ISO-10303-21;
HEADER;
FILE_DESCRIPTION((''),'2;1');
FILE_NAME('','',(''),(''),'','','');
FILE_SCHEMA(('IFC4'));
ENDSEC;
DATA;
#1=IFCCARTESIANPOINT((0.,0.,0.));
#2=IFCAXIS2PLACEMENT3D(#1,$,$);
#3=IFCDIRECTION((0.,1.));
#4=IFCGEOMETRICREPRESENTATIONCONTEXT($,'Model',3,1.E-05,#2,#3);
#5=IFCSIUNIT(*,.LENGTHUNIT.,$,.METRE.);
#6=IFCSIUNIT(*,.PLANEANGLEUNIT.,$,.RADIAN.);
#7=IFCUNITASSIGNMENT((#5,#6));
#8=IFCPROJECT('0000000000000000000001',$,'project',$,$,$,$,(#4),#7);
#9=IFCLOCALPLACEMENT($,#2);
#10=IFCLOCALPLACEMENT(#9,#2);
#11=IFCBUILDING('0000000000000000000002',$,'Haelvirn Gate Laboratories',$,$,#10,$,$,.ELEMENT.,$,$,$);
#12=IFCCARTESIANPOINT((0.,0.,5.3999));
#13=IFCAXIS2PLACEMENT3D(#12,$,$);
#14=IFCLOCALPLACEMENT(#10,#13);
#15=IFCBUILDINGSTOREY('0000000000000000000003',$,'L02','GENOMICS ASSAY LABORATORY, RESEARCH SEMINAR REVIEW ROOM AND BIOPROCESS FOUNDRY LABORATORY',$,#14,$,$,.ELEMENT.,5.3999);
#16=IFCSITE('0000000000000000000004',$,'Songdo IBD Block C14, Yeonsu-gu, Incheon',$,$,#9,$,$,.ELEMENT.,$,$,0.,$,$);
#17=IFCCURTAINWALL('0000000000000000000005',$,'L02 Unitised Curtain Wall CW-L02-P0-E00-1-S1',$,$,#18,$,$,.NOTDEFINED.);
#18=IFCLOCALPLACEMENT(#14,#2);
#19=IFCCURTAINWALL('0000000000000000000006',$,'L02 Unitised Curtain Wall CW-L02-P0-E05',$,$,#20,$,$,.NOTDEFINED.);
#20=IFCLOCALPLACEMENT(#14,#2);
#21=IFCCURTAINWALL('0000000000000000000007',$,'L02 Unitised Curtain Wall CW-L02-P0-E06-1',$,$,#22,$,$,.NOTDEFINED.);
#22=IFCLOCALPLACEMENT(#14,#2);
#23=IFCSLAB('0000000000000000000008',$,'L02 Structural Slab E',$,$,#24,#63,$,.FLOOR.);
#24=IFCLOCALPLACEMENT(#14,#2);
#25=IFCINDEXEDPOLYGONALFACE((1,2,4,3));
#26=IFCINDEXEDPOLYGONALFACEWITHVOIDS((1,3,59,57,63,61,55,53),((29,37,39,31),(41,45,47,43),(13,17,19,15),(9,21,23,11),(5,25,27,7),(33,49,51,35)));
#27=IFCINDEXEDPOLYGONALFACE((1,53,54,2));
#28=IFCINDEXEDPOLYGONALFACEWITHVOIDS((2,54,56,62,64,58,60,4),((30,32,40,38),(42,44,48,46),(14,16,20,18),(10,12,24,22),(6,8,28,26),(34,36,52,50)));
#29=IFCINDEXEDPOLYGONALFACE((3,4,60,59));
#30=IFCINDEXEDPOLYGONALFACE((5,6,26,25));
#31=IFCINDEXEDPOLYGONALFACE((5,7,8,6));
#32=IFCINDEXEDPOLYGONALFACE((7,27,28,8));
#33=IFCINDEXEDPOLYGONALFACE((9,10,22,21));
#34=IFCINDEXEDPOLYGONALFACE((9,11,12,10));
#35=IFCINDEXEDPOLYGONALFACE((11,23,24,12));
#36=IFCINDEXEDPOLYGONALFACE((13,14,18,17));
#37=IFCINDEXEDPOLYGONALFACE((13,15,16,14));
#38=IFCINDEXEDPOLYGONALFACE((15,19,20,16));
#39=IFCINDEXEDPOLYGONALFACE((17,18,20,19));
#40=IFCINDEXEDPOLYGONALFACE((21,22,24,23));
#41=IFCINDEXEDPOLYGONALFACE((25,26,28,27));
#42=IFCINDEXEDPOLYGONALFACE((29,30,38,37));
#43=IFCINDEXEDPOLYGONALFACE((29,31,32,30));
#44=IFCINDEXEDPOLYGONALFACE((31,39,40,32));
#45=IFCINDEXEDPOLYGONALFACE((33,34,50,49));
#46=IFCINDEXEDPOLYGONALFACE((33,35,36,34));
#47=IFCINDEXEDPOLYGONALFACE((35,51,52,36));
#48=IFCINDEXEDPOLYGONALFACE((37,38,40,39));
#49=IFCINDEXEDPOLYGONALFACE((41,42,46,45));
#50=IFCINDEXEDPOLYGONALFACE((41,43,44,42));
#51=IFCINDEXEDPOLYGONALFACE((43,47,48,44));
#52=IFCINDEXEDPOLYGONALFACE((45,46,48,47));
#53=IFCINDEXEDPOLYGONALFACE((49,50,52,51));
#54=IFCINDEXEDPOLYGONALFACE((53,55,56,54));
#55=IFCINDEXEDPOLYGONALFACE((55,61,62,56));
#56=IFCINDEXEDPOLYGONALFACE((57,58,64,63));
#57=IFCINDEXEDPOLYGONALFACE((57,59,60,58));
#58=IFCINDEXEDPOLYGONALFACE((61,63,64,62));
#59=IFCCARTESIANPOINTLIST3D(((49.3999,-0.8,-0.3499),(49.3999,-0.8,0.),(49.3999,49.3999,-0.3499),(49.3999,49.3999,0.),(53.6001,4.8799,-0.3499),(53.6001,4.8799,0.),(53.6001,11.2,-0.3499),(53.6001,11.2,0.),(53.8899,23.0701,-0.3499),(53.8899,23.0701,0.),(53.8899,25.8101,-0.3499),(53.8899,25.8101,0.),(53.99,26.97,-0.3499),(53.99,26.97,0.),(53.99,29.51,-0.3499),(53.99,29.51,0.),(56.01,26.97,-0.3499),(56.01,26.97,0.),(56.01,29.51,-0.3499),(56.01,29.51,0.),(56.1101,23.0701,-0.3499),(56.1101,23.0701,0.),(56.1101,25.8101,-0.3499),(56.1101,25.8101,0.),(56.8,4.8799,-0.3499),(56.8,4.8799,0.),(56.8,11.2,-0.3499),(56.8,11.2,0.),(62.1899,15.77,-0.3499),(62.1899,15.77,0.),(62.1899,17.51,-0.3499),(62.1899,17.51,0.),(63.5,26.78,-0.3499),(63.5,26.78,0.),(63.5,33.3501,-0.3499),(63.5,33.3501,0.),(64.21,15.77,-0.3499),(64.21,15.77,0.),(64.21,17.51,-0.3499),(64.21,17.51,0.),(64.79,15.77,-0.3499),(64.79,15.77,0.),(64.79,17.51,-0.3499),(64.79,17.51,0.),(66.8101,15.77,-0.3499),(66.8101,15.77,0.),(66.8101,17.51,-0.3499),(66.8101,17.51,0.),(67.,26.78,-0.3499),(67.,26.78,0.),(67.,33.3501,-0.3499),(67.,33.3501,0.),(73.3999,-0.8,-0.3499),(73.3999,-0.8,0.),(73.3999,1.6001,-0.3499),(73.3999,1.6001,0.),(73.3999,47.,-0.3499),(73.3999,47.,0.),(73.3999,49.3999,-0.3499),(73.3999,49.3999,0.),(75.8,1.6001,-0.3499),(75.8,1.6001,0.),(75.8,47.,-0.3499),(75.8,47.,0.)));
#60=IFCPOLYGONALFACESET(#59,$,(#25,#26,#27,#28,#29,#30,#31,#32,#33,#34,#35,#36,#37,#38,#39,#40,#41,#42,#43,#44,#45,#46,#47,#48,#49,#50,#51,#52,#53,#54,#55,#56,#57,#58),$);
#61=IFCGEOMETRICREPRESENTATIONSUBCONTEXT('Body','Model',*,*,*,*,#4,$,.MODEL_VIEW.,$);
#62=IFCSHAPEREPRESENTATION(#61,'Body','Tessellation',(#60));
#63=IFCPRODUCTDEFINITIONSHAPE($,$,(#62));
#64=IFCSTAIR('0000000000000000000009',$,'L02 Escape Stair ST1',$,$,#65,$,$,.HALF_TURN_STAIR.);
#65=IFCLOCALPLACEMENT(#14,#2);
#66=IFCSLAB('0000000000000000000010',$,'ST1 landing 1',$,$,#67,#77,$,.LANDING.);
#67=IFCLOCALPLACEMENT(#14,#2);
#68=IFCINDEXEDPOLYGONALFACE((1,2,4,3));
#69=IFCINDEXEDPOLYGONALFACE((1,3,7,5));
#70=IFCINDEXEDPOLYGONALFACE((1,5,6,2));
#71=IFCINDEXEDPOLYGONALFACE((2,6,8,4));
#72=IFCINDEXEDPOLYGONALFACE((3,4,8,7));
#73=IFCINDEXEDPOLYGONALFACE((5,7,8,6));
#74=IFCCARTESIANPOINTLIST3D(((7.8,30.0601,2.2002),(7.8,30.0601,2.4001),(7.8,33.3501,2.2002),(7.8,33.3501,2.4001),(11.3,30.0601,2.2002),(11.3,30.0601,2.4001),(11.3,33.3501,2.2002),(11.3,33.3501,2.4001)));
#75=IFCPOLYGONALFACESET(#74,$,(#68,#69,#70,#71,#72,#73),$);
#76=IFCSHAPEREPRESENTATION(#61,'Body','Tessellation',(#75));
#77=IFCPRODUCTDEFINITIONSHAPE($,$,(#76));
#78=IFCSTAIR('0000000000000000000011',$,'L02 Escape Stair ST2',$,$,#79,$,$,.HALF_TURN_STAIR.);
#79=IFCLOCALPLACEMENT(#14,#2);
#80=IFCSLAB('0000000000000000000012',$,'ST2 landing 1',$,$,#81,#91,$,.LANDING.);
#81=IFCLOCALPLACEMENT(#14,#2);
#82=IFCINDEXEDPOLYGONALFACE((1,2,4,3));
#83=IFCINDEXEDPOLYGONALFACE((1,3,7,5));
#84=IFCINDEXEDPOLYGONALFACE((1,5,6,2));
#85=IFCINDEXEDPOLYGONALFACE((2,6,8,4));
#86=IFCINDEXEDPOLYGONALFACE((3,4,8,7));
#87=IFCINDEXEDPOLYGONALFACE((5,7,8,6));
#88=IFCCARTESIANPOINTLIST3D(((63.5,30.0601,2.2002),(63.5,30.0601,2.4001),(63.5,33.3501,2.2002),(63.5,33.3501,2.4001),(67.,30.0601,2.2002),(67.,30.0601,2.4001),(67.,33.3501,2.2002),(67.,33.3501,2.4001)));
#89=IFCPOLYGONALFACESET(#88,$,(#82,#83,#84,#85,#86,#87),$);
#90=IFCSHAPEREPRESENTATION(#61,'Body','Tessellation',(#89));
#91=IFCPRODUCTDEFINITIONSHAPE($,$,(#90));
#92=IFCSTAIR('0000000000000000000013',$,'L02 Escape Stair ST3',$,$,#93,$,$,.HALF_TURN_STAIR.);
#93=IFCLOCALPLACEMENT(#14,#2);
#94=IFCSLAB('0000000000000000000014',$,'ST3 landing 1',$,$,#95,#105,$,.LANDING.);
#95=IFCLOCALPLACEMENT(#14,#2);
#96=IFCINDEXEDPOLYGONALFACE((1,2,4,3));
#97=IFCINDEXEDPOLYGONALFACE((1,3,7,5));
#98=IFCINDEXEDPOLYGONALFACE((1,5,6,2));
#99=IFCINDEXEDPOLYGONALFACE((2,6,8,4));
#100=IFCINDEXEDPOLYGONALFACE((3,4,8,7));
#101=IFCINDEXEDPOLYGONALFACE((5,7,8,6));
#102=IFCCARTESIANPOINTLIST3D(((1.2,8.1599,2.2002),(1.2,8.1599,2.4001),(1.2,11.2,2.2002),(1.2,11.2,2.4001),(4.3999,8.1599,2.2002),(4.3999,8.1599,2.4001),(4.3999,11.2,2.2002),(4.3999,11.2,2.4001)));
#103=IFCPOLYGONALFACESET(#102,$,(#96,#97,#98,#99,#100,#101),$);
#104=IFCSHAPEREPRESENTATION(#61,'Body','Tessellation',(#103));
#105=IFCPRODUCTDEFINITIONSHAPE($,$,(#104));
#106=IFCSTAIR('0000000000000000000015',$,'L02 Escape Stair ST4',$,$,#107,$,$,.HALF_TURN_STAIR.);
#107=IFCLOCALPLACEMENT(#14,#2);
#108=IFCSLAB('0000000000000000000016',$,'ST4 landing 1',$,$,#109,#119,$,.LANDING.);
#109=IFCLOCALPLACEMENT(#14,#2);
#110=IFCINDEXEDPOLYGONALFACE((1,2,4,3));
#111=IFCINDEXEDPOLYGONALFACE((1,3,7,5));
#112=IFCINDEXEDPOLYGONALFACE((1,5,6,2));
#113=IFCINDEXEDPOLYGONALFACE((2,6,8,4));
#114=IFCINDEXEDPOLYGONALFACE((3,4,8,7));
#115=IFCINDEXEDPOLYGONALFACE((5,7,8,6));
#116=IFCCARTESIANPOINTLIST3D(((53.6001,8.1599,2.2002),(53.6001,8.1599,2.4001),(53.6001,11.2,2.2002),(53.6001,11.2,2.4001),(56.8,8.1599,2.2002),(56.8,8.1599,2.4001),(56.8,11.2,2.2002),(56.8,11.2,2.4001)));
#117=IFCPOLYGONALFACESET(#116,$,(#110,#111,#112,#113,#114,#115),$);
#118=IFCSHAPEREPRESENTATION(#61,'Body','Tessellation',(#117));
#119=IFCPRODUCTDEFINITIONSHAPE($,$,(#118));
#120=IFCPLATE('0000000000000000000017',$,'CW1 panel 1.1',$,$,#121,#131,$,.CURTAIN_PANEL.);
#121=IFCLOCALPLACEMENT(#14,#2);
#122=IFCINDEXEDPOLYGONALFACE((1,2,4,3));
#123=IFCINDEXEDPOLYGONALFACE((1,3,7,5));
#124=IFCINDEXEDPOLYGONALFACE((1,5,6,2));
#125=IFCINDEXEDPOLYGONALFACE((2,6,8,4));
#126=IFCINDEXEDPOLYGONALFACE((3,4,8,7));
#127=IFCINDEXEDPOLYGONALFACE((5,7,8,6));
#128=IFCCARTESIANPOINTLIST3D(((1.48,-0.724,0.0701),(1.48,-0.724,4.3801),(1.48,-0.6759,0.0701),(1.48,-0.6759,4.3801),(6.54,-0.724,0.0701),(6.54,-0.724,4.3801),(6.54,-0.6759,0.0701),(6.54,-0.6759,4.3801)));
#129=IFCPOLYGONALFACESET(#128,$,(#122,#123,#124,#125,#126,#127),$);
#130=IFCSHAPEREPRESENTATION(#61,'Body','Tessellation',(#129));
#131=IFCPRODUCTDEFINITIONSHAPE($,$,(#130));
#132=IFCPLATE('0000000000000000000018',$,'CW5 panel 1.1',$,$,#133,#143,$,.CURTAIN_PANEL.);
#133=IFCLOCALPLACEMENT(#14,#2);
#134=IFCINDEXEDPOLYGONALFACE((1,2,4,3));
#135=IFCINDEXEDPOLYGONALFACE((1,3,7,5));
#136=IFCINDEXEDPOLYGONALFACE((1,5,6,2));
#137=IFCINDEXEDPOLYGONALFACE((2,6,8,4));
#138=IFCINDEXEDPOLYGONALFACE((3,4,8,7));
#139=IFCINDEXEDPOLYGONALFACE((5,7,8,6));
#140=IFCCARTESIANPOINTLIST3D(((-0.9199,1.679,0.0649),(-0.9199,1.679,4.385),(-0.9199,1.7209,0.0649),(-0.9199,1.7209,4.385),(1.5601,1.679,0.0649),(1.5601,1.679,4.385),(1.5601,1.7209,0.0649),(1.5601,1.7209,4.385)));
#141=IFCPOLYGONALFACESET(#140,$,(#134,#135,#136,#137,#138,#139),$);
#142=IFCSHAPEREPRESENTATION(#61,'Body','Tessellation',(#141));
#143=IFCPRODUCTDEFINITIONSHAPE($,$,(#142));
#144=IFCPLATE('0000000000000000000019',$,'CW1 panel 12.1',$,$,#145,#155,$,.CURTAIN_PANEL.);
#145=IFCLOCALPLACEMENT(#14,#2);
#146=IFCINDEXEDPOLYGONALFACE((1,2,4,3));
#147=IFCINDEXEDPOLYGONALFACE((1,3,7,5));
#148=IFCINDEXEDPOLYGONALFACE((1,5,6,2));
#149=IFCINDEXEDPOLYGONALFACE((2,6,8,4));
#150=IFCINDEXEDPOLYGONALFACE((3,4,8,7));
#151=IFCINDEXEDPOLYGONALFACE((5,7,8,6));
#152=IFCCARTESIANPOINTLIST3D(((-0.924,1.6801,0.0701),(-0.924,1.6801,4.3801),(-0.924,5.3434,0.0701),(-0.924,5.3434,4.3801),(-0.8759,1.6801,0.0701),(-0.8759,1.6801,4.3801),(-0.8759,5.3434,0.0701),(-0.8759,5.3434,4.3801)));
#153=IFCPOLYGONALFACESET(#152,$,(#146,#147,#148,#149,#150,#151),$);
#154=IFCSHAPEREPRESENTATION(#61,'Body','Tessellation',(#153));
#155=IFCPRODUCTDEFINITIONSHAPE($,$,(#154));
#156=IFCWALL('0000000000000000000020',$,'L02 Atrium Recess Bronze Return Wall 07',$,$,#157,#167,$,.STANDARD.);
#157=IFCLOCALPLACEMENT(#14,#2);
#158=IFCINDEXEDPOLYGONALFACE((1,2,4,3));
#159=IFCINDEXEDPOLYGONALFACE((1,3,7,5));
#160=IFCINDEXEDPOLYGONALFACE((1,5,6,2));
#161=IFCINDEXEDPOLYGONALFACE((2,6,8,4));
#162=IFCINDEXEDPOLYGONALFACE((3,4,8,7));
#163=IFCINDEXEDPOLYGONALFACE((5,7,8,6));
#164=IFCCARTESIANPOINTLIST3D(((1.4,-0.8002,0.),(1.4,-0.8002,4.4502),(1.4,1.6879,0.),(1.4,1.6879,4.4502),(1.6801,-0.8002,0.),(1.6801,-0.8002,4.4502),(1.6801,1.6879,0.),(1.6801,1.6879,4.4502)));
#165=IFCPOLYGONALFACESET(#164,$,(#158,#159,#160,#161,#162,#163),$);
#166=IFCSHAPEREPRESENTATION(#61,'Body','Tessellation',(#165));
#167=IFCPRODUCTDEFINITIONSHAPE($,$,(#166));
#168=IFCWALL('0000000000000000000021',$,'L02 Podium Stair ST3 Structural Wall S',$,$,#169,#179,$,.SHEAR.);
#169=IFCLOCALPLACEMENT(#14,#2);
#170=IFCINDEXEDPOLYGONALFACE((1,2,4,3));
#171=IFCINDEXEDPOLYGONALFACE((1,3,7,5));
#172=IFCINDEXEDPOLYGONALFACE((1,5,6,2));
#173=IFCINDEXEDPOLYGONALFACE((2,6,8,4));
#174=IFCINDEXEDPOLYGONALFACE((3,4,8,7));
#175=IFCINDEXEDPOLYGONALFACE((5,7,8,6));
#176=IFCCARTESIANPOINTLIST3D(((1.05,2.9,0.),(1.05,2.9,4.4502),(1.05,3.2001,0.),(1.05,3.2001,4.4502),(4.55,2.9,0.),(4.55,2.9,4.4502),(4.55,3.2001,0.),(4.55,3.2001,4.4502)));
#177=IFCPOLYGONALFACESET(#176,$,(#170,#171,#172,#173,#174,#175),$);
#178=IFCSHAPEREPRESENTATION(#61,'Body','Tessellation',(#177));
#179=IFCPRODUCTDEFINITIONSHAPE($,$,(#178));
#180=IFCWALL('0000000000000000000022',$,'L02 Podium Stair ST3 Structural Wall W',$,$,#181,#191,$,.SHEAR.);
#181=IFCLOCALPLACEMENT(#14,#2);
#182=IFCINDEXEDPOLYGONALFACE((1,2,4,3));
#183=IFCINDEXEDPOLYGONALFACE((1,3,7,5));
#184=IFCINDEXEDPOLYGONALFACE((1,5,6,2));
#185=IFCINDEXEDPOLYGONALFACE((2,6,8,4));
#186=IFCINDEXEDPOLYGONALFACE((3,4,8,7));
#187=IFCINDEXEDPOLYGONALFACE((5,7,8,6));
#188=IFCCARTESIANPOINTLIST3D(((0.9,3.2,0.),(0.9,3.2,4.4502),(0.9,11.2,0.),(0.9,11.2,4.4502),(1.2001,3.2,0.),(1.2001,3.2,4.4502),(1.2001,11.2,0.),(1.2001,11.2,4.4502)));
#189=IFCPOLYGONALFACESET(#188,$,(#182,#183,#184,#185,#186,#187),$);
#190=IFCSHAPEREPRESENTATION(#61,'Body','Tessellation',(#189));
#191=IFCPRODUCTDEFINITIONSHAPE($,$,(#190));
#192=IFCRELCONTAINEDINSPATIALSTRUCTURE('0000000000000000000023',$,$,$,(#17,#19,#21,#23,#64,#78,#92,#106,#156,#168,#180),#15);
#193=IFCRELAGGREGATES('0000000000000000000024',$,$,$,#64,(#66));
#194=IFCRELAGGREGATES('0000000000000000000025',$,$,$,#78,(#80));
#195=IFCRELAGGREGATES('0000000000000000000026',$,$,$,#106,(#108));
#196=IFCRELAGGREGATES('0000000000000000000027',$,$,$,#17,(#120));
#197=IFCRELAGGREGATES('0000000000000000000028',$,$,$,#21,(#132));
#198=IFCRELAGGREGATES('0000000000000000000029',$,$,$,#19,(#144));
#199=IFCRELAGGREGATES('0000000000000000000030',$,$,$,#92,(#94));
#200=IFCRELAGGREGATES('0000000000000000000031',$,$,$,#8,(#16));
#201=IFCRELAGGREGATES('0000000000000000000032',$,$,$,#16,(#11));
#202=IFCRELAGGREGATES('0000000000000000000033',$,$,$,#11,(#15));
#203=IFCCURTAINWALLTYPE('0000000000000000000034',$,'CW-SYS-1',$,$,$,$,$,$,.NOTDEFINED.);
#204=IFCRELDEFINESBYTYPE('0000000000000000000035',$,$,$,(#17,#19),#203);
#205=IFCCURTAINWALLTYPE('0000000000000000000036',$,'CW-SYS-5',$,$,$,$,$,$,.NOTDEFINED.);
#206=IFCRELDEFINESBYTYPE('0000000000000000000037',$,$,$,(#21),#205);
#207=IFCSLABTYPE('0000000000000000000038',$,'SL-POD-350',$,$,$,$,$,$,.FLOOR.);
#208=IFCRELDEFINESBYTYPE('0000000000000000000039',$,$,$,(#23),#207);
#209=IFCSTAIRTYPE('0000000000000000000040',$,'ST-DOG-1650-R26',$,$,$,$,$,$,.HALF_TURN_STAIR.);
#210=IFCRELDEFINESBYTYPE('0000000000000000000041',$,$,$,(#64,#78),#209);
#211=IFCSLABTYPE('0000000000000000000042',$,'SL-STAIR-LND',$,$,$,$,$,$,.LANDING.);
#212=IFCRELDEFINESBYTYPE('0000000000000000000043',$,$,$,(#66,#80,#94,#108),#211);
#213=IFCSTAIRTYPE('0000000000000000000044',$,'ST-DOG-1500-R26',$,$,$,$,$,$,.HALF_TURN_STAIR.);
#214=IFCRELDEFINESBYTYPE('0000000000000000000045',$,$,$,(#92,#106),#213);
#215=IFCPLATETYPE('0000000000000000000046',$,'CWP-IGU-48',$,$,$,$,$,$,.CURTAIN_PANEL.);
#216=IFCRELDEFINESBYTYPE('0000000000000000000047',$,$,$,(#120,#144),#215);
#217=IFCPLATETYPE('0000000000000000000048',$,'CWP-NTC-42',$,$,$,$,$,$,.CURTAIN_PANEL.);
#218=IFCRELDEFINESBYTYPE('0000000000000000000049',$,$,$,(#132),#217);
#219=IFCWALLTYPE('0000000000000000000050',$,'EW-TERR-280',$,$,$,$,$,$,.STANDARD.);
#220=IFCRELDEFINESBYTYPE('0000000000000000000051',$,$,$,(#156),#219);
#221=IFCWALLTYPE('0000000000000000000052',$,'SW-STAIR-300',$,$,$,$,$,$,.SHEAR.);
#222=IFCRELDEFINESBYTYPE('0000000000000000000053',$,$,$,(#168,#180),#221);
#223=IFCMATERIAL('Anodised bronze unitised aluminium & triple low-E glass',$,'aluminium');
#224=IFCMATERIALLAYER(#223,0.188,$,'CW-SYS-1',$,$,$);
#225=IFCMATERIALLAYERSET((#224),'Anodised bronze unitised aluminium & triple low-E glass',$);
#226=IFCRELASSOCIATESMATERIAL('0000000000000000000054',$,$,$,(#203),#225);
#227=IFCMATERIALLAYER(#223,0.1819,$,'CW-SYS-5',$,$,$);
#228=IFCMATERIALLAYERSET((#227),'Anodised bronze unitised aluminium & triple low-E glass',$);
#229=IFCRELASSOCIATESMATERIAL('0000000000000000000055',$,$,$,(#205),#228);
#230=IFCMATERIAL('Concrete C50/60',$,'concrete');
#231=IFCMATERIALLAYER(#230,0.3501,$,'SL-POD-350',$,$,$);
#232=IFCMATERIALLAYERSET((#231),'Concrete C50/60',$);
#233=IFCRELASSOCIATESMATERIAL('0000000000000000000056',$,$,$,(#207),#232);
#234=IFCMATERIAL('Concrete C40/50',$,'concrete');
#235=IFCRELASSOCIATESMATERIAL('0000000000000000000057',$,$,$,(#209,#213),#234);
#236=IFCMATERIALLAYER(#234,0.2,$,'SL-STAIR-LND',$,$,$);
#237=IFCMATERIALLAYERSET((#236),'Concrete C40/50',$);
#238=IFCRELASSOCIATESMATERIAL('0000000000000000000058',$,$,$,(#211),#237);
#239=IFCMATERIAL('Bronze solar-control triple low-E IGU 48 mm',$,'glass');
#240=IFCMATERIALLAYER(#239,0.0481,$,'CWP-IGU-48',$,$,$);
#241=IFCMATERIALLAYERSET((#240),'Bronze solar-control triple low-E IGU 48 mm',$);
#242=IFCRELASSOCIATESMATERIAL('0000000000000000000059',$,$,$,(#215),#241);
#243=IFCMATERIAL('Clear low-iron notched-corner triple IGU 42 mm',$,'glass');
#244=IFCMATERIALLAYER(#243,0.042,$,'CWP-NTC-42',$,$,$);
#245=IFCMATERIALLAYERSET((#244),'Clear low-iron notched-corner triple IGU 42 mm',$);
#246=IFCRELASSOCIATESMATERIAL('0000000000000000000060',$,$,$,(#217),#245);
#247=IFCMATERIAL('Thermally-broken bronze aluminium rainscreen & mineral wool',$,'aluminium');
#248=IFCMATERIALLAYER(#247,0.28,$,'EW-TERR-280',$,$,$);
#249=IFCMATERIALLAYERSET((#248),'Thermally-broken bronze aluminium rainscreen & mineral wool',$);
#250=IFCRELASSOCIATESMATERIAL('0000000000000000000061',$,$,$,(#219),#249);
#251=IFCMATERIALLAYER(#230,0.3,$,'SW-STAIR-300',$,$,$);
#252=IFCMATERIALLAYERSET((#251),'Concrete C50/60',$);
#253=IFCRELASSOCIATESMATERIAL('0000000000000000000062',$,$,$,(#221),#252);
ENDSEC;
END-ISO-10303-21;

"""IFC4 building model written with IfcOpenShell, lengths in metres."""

from ifc_helpers import new_model, si_unit, direction, frame, frame_2d, origin, origin_2d, place, context, subcontext, project, spatial, polyline, rectangle, outline, extrude, source, transform, mapped, material, layer, layer_set, type_object, type_shapes, element, aggregate, save


model = new_model("IFC4")

# Units and contexts
model_context = context("Model", 3, precision=1e-05, world=origin(), true_north=direction((0.0, 1.0)))
body_context = subcontext(model_context, "Body", "Model", "MODEL_VIEW")
ifc_project = project(units=[si_unit("LENGTHUNIT", "METRE"), si_unit("PLANEANGLEUNIT", "RADIAN")], contexts=[model_context])

# Site, building, storey
site_placement = place(None, origin())
site = spatial("IfcSite", under=ifc_project, at=site_placement, Name="Songdo IBD Block C14, Yeonsu-gu, Incheon", CompositionType="ELEMENT", RefElevation=0.0)
building_placement = place(site_placement, origin())
building = spatial("IfcBuilding", under=site, at=building_placement, Name="Haelvirn Gate Laboratories", CompositionType="ELEMENT")
storey_placement = place(building_placement, frame((0.0, 0.0, 5.3999)))
storey = spatial("IfcBuildingStorey", under=building, at=storey_placement, Name="L02", Description="GENOMICS ASSAY LABORATORY, RESEARCH SEMINAR REVIEW ROOM AND BIOPROCESS FOUNDRY LABORATORY", CompositionType="ELEMENT", Elevation=5.3999)

# Curtain walls
ifc_material_1 = material(Name="Anodised bronze unitised aluminium & triple low-E glass", Category="aluminium")
ifc_layer_1 = layer(ifc_material_1, 0.188, Name="CW-SYS-1")
ifc_layer_set_1 = layer_set([ifc_layer_1], Name="Anodised bronze unitised aluminium & triple low-E glass")
curtain_wall_type_1 = type_object("IfcCurtainWallType", Name="CW-SYS-1", PredefinedType="NOTDEFINED", material=ifc_layer_set_1)
curtain_wall_1_placement = place(storey_placement, origin())
curtain_wall_1 = element("IfcCurtainWall", 1, at=curtain_wall_1_placement, inside=storey, type_object=curtain_wall_type_1, Name="L02 Unitised Curtain Wall CW-L02-P0-E00-1-S1", PredefinedType="NOTDEFINED")
curtain_wall_2_placement = place(storey_placement, origin())
curtain_wall_2 = element("IfcCurtainWall", 2, at=curtain_wall_2_placement, inside=storey, type_object=curtain_wall_type_1, Name="L02 Unitised Curtain Wall CW-L02-P0-E05", PredefinedType="NOTDEFINED")
ifc_layer_2 = layer(ifc_material_1, 0.1819, Name="CW-SYS-5")
ifc_layer_set_2 = layer_set([ifc_layer_2], Name="Anodised bronze unitised aluminium & triple low-E glass")
curtain_wall_type_2 = type_object("IfcCurtainWallType", Name="CW-SYS-5", PredefinedType="NOTDEFINED", material=ifc_layer_set_2)
curtain_wall_3_placement = place(storey_placement, origin())
curtain_wall_3 = element("IfcCurtainWall", 3, at=curtain_wall_3_placement, inside=storey, type_object=curtain_wall_type_2, Name="L02 Unitised Curtain Wall CW-L02-P0-E06-1", PredefinedType="NOTDEFINED")

# Slab
ifc_material_2 = material(Name="Concrete C50/60", Category="concrete")
ifc_layer_3 = layer(ifc_material_2, 0.3501, Name="SL-POD-350")
ifc_layer_set_3 = layer_set([ifc_layer_3], Name="Concrete C50/60")
slab_type_1 = type_object("IfcSlabType", Name="SL-POD-350", PredefinedType="FLOOR", material=ifc_layer_set_3)
slab_1_placement = place(storey_placement, frame((0.0, 0.0, -0.3499)))
element("IfcSlab", 4, at=slab_1_placement, inside=storey, type_object=slab_type_1, Name="L02 Structural Slab E", PredefinedType="FLOOR", context=body_context, shape_type="SweptSolid", body=[
    extrude(outline(polyline([(49.3999, -0.8), (73.3999, -0.8), (73.3999, 1.6001), (75.8, 1.6001), (75.8, 47.0), (73.3999, 47.0), (73.3999, 49.3999), (49.3999, 49.3999), (49.3999, -0.8)]), holes=[polyline([(67.0, 26.78), (67.0, 33.3501), (63.5, 33.3501), (63.5, 26.78), (67.0, 26.78)]), polyline([(56.8, 4.8799), (56.8, 11.2), (53.6001, 11.2), (53.6001, 4.8799), (56.8, 4.8799)]), polyline([(64.79, 15.77), (66.8101, 15.77), (66.8101, 17.51), (64.79, 17.51), (64.79, 15.77)]), polyline([(62.1899, 15.77), (64.21, 15.77), (64.21, 17.51), (62.1899, 17.51), (62.1899, 15.77)]), polyline([(53.99, 26.97), (56.01, 26.97), (56.01, 29.51), (53.99, 29.51), (53.99, 26.97)]), polyline([(53.8899, 23.0701), (56.1101, 23.0701), (56.1101, 25.8101), (53.8899, 25.8101), (53.8899, 23.0701)])]), origin(), (0.0, 0.0, 1.0), 0.3499),
])

# Stairs, slabs
ifc_material_3 = material(Name="Concrete C40/50", Category="concrete")
stair_type_1 = type_object("IfcStairType", Name="ST-DOG-1650-R26", PredefinedType="HALF_TURN_STAIR", material=ifc_material_3)
stair_1_placement = place(storey_placement, origin())
stair_1 = element("IfcStair", 5, at=stair_1_placement, inside=storey, type_object=stair_type_1, Name="L02 Escape Stair ST1", PredefinedType="HALF_TURN_STAIR")
ifc_layer_4 = layer(ifc_material_3, 0.2, Name="SL-STAIR-LND")
ifc_layer_set_4 = layer_set([ifc_layer_4], Name="Concrete C40/50")
slab_type_2 = type_object("IfcSlabType", Name="SL-STAIR-LND", PredefinedType="LANDING", material=ifc_layer_set_4)
slab_2_placement = place(storey_placement, frame((0.0, 0.0, 2.2002)))
slab_2 = element("IfcSlab", 6, at=slab_2_placement, type_object=slab_type_2, Name="ST1 landing 1", PredefinedType="LANDING", context=body_context, shape_type="SweptSolid", body=[
    extrude(outline(polyline([(11.3, 30.0601), (11.3, 33.3501), (7.8, 33.3501), (7.8, 30.0601), (11.3, 30.0601)])), origin(), (0.0, 0.0, 1.0), 0.2),
])
aggregate(stair_1, [slab_2])
stair_2_placement = place(storey_placement, origin())
stair_2 = element("IfcStair", 7, at=stair_2_placement, inside=storey, type_object=stair_type_1, Name="L02 Escape Stair ST2", PredefinedType="HALF_TURN_STAIR")
slab_3_placement = place(storey_placement, frame((0.0, 0.0, 2.2002)))
slab_3 = element("IfcSlab", 8, at=slab_3_placement, type_object=slab_type_2, Name="ST2 landing 1", PredefinedType="LANDING", context=body_context, shape_type="SweptSolid", body=[
    extrude(outline(polyline([(67.0, 30.0601), (67.0, 33.3501), (63.5, 33.3501), (63.5, 30.0601), (67.0, 30.0601)])), origin(), (0.0, 0.0, 1.0), 0.2),
])
aggregate(stair_2, [slab_3])
stair_type_2 = type_object("IfcStairType", Name="ST-DOG-1500-R26", PredefinedType="HALF_TURN_STAIR", material=ifc_material_3)
stair_3_placement = place(storey_placement, origin())
stair_3 = element("IfcStair", 9, at=stair_3_placement, inside=storey, type_object=stair_type_2, Name="L02 Escape Stair ST3", PredefinedType="HALF_TURN_STAIR")
slab_4_placement = place(storey_placement, frame((0.0, 0.0, 2.2002)))
slab_4 = element("IfcSlab", 10, at=slab_4_placement, type_object=slab_type_2, Name="ST3 landing 1", PredefinedType="LANDING", context=body_context, shape_type="SweptSolid", body=[
    extrude(outline(polyline([(4.3999, 8.1599), (4.3999, 11.2), (1.2, 11.2), (1.2, 8.1599), (4.3999, 8.1599)])), origin(), (0.0, 0.0, 1.0), 0.2),
])
stair_4_placement = place(storey_placement, origin())
stair_4 = element("IfcStair", 11, at=stair_4_placement, inside=storey, type_object=stair_type_2, Name="L02 Escape Stair ST4", PredefinedType="HALF_TURN_STAIR")
slab_5_placement = place(storey_placement, frame((0.0, 0.0, 2.2002)))
slab_5 = element("IfcSlab", 12, at=slab_5_placement, type_object=slab_type_2, Name="ST4 landing 1", PredefinedType="LANDING", context=body_context, shape_type="SweptSolid", body=[
    extrude(outline(polyline([(56.8, 8.1599), (56.8, 11.2), (53.6001, 11.2), (53.6001, 8.1599), (56.8, 8.1599)])), origin(), (0.0, 0.0, 1.0), 0.2),
])
aggregate(stair_4, [slab_5])

# Plates
ifc_material_4 = material(Name="Bronze solar-control triple low-E IGU 48 mm", Category="glass")
ifc_layer_5 = layer(ifc_material_4, 0.0481, Name="CWP-IGU-48")
ifc_layer_set_5 = layer_set([ifc_layer_5], Name="Bronze solar-control triple low-E IGU 48 mm")
plate_type_1 = type_object("IfcPlateType", Name="CWP-IGU-48", PredefinedType="CURTAIN_PANEL", material=ifc_layer_set_5)
shared_shape_1 = source(origin(), body_context, "Body", "SweptSolid", [
    extrude(rectangle(XDim=5.0601, YDim=0.0481, at=origin_2d()), origin(), (0.0, 0.0, 1.0), 4.3101),
])
plate_1_placement = place(storey_placement, frame((4.01, -0.7, 0.0701), z_axis=(0.0, 0.0, 1.0), x_axis=(1.0, 0.0, 0.0)))
plate_1 = element("IfcPlate", 13, at=plate_1_placement, type_object=plate_type_1, Name="CW1 panel 1.1", PredefinedType="CURTAIN_PANEL", context=body_context, shape_type="MappedRepresentation", body=[
    mapped(shared_shape_1, transform((0.0, 0.0, 0.0), scale=1.0)),
])
aggregate(curtain_wall_1, [plate_1])
ifc_material_5 = material(Name="Clear low-iron notched-corner triple IGU 42 mm", Category="glass")
ifc_layer_6 = layer(ifc_material_5, 0.042, Name="CWP-NTC-42")
ifc_layer_set_6 = layer_set([ifc_layer_6], Name="Clear low-iron notched-corner triple IGU 42 mm")
plate_type_2 = type_object("IfcPlateType", Name="CWP-NTC-42", PredefinedType="CURTAIN_PANEL", material=ifc_layer_set_6)
shared_shape_2 = source(origin(), body_context, "Body", "SweptSolid", [
    extrude(rectangle(XDim=2.48, YDim=0.042, at=origin_2d()), origin(), (0.0, 0.0, 1.0), 4.3201),
])
type_shapes(plate_type_2, [shared_shape_2])
plate_2_placement = place(storey_placement, frame((0.3201, 1.7, 0.0649), z_axis=(0.0, 0.0, 1.0), x_axis=(1.0, 0.0, 0.0)))
plate_2 = element("IfcPlate", 14, at=plate_2_placement, type_object=plate_type_2, Name="CW5 panel 1.1", PredefinedType="CURTAIN_PANEL", context=body_context, shape_type="MappedRepresentation", body=[
    mapped(shared_shape_2, transform((0.0, 0.0, 0.0), scale=1.0)),
])
aggregate(curtain_wall_3, [plate_2])
shared_shape_3 = source(origin(), body_context, "Body", "SweptSolid", [
    extrude(rectangle(XDim=3.6633, YDim=0.0481, at=origin_2d()), origin(), (0.0, 0.0, 1.0), 4.3101),
])
type_shapes(plate_type_1, [shared_shape_1, shared_shape_3])
plate_3_placement = place(storey_placement, frame((-0.8999, 3.5117, 0.0701), z_axis=(0.0, 0.0, 1.0), x_axis=(0.0, -1.0, 0.0)))
plate_3 = element("IfcPlate", 15, at=plate_3_placement, type_object=plate_type_1, Name="CW1 panel 12.1", PredefinedType="CURTAIN_PANEL", context=body_context, shape_type="MappedRepresentation", body=[
    mapped(shared_shape_3, transform((0.0, 0.0, 0.0), scale=1.0)),
])
aggregate(curtain_wall_2, [plate_3])

# Walls
ifc_material_6 = material(Name="Thermally-broken bronze aluminium rainscreen & mineral wool", Category="aluminium")
ifc_layer_7 = layer(ifc_material_6, 0.28, Name="EW-TERR-280")
ifc_layer_set_7 = layer_set([ifc_layer_7], Name="Thermally-broken bronze aluminium rainscreen & mineral wool")
wall_type_1 = type_object("IfcWallType", Name="EW-TERR-280", PredefinedType="STANDARD", material=ifc_layer_set_7)
wall_1_placement = place(storey_placement, frame((1.54, 1.688, 0.0), z_axis=(0.0, 0.0, 1.0), x_axis=(0.0, -1.0, 0.0)))
element("IfcWall", 16, at=wall_1_placement, inside=storey, type_object=wall_type_1, Name="L02 Atrium Recess Bronze Return Wall 07", PredefinedType="STANDARD", context=body_context, shape_type="SweptSolid", body=[
    extrude(rectangle(XDim=2.488, YDim=0.28, at=frame_2d((1.2441, 0.0))), origin(), (0.0, 0.0, 1.0), 4.4502),
])
ifc_layer_8 = layer(ifc_material_2, 0.3, Name="SW-STAIR-300")
ifc_layer_set_8 = layer_set([ifc_layer_8], Name="Concrete C50/60")
wall_type_2 = type_object("IfcWallType", Name="SW-STAIR-300", PredefinedType="SHEAR", material=ifc_layer_set_8)
wall_2_placement = place(storey_placement, frame((1.05, 3.05, 0.0), z_axis=(0.0, 0.0, 1.0), x_axis=(1.0, 0.0, 0.0)))
element("IfcWall", 17, at=wall_2_placement, inside=storey, type_object=wall_type_2, Name="L02 Podium Stair ST3 Structural Wall S", PredefinedType="SHEAR", context=body_context, shape_type="SweptSolid", body=[
    extrude(rectangle(XDim=3.5, YDim=0.3, at=frame_2d((1.75, 0.0))), origin(), (0.0, 0.0, 1.0), 4.4502),
])
wall_3_placement = place(storey_placement, frame((1.05, 3.2, 0.0), z_axis=(0.0, 0.0, 1.0), x_axis=(0.0, 1.0, 0.0)))
element("IfcWall", 18, at=wall_3_placement, inside=storey, type_object=wall_type_2, Name="L02 Podium Stair ST3 Structural Wall W", PredefinedType="SHEAR", context=body_context, shape_type="SweptSolid", body=[
    extrude(rectangle(XDim=8.0, YDim=0.3, at=frame_2d((4.0, 0.0))), origin(), (0.0, 0.0, 1.0), 4.4502),
])

aggregate(stair_3, [slab_4])

save(model, "model.ifc")
